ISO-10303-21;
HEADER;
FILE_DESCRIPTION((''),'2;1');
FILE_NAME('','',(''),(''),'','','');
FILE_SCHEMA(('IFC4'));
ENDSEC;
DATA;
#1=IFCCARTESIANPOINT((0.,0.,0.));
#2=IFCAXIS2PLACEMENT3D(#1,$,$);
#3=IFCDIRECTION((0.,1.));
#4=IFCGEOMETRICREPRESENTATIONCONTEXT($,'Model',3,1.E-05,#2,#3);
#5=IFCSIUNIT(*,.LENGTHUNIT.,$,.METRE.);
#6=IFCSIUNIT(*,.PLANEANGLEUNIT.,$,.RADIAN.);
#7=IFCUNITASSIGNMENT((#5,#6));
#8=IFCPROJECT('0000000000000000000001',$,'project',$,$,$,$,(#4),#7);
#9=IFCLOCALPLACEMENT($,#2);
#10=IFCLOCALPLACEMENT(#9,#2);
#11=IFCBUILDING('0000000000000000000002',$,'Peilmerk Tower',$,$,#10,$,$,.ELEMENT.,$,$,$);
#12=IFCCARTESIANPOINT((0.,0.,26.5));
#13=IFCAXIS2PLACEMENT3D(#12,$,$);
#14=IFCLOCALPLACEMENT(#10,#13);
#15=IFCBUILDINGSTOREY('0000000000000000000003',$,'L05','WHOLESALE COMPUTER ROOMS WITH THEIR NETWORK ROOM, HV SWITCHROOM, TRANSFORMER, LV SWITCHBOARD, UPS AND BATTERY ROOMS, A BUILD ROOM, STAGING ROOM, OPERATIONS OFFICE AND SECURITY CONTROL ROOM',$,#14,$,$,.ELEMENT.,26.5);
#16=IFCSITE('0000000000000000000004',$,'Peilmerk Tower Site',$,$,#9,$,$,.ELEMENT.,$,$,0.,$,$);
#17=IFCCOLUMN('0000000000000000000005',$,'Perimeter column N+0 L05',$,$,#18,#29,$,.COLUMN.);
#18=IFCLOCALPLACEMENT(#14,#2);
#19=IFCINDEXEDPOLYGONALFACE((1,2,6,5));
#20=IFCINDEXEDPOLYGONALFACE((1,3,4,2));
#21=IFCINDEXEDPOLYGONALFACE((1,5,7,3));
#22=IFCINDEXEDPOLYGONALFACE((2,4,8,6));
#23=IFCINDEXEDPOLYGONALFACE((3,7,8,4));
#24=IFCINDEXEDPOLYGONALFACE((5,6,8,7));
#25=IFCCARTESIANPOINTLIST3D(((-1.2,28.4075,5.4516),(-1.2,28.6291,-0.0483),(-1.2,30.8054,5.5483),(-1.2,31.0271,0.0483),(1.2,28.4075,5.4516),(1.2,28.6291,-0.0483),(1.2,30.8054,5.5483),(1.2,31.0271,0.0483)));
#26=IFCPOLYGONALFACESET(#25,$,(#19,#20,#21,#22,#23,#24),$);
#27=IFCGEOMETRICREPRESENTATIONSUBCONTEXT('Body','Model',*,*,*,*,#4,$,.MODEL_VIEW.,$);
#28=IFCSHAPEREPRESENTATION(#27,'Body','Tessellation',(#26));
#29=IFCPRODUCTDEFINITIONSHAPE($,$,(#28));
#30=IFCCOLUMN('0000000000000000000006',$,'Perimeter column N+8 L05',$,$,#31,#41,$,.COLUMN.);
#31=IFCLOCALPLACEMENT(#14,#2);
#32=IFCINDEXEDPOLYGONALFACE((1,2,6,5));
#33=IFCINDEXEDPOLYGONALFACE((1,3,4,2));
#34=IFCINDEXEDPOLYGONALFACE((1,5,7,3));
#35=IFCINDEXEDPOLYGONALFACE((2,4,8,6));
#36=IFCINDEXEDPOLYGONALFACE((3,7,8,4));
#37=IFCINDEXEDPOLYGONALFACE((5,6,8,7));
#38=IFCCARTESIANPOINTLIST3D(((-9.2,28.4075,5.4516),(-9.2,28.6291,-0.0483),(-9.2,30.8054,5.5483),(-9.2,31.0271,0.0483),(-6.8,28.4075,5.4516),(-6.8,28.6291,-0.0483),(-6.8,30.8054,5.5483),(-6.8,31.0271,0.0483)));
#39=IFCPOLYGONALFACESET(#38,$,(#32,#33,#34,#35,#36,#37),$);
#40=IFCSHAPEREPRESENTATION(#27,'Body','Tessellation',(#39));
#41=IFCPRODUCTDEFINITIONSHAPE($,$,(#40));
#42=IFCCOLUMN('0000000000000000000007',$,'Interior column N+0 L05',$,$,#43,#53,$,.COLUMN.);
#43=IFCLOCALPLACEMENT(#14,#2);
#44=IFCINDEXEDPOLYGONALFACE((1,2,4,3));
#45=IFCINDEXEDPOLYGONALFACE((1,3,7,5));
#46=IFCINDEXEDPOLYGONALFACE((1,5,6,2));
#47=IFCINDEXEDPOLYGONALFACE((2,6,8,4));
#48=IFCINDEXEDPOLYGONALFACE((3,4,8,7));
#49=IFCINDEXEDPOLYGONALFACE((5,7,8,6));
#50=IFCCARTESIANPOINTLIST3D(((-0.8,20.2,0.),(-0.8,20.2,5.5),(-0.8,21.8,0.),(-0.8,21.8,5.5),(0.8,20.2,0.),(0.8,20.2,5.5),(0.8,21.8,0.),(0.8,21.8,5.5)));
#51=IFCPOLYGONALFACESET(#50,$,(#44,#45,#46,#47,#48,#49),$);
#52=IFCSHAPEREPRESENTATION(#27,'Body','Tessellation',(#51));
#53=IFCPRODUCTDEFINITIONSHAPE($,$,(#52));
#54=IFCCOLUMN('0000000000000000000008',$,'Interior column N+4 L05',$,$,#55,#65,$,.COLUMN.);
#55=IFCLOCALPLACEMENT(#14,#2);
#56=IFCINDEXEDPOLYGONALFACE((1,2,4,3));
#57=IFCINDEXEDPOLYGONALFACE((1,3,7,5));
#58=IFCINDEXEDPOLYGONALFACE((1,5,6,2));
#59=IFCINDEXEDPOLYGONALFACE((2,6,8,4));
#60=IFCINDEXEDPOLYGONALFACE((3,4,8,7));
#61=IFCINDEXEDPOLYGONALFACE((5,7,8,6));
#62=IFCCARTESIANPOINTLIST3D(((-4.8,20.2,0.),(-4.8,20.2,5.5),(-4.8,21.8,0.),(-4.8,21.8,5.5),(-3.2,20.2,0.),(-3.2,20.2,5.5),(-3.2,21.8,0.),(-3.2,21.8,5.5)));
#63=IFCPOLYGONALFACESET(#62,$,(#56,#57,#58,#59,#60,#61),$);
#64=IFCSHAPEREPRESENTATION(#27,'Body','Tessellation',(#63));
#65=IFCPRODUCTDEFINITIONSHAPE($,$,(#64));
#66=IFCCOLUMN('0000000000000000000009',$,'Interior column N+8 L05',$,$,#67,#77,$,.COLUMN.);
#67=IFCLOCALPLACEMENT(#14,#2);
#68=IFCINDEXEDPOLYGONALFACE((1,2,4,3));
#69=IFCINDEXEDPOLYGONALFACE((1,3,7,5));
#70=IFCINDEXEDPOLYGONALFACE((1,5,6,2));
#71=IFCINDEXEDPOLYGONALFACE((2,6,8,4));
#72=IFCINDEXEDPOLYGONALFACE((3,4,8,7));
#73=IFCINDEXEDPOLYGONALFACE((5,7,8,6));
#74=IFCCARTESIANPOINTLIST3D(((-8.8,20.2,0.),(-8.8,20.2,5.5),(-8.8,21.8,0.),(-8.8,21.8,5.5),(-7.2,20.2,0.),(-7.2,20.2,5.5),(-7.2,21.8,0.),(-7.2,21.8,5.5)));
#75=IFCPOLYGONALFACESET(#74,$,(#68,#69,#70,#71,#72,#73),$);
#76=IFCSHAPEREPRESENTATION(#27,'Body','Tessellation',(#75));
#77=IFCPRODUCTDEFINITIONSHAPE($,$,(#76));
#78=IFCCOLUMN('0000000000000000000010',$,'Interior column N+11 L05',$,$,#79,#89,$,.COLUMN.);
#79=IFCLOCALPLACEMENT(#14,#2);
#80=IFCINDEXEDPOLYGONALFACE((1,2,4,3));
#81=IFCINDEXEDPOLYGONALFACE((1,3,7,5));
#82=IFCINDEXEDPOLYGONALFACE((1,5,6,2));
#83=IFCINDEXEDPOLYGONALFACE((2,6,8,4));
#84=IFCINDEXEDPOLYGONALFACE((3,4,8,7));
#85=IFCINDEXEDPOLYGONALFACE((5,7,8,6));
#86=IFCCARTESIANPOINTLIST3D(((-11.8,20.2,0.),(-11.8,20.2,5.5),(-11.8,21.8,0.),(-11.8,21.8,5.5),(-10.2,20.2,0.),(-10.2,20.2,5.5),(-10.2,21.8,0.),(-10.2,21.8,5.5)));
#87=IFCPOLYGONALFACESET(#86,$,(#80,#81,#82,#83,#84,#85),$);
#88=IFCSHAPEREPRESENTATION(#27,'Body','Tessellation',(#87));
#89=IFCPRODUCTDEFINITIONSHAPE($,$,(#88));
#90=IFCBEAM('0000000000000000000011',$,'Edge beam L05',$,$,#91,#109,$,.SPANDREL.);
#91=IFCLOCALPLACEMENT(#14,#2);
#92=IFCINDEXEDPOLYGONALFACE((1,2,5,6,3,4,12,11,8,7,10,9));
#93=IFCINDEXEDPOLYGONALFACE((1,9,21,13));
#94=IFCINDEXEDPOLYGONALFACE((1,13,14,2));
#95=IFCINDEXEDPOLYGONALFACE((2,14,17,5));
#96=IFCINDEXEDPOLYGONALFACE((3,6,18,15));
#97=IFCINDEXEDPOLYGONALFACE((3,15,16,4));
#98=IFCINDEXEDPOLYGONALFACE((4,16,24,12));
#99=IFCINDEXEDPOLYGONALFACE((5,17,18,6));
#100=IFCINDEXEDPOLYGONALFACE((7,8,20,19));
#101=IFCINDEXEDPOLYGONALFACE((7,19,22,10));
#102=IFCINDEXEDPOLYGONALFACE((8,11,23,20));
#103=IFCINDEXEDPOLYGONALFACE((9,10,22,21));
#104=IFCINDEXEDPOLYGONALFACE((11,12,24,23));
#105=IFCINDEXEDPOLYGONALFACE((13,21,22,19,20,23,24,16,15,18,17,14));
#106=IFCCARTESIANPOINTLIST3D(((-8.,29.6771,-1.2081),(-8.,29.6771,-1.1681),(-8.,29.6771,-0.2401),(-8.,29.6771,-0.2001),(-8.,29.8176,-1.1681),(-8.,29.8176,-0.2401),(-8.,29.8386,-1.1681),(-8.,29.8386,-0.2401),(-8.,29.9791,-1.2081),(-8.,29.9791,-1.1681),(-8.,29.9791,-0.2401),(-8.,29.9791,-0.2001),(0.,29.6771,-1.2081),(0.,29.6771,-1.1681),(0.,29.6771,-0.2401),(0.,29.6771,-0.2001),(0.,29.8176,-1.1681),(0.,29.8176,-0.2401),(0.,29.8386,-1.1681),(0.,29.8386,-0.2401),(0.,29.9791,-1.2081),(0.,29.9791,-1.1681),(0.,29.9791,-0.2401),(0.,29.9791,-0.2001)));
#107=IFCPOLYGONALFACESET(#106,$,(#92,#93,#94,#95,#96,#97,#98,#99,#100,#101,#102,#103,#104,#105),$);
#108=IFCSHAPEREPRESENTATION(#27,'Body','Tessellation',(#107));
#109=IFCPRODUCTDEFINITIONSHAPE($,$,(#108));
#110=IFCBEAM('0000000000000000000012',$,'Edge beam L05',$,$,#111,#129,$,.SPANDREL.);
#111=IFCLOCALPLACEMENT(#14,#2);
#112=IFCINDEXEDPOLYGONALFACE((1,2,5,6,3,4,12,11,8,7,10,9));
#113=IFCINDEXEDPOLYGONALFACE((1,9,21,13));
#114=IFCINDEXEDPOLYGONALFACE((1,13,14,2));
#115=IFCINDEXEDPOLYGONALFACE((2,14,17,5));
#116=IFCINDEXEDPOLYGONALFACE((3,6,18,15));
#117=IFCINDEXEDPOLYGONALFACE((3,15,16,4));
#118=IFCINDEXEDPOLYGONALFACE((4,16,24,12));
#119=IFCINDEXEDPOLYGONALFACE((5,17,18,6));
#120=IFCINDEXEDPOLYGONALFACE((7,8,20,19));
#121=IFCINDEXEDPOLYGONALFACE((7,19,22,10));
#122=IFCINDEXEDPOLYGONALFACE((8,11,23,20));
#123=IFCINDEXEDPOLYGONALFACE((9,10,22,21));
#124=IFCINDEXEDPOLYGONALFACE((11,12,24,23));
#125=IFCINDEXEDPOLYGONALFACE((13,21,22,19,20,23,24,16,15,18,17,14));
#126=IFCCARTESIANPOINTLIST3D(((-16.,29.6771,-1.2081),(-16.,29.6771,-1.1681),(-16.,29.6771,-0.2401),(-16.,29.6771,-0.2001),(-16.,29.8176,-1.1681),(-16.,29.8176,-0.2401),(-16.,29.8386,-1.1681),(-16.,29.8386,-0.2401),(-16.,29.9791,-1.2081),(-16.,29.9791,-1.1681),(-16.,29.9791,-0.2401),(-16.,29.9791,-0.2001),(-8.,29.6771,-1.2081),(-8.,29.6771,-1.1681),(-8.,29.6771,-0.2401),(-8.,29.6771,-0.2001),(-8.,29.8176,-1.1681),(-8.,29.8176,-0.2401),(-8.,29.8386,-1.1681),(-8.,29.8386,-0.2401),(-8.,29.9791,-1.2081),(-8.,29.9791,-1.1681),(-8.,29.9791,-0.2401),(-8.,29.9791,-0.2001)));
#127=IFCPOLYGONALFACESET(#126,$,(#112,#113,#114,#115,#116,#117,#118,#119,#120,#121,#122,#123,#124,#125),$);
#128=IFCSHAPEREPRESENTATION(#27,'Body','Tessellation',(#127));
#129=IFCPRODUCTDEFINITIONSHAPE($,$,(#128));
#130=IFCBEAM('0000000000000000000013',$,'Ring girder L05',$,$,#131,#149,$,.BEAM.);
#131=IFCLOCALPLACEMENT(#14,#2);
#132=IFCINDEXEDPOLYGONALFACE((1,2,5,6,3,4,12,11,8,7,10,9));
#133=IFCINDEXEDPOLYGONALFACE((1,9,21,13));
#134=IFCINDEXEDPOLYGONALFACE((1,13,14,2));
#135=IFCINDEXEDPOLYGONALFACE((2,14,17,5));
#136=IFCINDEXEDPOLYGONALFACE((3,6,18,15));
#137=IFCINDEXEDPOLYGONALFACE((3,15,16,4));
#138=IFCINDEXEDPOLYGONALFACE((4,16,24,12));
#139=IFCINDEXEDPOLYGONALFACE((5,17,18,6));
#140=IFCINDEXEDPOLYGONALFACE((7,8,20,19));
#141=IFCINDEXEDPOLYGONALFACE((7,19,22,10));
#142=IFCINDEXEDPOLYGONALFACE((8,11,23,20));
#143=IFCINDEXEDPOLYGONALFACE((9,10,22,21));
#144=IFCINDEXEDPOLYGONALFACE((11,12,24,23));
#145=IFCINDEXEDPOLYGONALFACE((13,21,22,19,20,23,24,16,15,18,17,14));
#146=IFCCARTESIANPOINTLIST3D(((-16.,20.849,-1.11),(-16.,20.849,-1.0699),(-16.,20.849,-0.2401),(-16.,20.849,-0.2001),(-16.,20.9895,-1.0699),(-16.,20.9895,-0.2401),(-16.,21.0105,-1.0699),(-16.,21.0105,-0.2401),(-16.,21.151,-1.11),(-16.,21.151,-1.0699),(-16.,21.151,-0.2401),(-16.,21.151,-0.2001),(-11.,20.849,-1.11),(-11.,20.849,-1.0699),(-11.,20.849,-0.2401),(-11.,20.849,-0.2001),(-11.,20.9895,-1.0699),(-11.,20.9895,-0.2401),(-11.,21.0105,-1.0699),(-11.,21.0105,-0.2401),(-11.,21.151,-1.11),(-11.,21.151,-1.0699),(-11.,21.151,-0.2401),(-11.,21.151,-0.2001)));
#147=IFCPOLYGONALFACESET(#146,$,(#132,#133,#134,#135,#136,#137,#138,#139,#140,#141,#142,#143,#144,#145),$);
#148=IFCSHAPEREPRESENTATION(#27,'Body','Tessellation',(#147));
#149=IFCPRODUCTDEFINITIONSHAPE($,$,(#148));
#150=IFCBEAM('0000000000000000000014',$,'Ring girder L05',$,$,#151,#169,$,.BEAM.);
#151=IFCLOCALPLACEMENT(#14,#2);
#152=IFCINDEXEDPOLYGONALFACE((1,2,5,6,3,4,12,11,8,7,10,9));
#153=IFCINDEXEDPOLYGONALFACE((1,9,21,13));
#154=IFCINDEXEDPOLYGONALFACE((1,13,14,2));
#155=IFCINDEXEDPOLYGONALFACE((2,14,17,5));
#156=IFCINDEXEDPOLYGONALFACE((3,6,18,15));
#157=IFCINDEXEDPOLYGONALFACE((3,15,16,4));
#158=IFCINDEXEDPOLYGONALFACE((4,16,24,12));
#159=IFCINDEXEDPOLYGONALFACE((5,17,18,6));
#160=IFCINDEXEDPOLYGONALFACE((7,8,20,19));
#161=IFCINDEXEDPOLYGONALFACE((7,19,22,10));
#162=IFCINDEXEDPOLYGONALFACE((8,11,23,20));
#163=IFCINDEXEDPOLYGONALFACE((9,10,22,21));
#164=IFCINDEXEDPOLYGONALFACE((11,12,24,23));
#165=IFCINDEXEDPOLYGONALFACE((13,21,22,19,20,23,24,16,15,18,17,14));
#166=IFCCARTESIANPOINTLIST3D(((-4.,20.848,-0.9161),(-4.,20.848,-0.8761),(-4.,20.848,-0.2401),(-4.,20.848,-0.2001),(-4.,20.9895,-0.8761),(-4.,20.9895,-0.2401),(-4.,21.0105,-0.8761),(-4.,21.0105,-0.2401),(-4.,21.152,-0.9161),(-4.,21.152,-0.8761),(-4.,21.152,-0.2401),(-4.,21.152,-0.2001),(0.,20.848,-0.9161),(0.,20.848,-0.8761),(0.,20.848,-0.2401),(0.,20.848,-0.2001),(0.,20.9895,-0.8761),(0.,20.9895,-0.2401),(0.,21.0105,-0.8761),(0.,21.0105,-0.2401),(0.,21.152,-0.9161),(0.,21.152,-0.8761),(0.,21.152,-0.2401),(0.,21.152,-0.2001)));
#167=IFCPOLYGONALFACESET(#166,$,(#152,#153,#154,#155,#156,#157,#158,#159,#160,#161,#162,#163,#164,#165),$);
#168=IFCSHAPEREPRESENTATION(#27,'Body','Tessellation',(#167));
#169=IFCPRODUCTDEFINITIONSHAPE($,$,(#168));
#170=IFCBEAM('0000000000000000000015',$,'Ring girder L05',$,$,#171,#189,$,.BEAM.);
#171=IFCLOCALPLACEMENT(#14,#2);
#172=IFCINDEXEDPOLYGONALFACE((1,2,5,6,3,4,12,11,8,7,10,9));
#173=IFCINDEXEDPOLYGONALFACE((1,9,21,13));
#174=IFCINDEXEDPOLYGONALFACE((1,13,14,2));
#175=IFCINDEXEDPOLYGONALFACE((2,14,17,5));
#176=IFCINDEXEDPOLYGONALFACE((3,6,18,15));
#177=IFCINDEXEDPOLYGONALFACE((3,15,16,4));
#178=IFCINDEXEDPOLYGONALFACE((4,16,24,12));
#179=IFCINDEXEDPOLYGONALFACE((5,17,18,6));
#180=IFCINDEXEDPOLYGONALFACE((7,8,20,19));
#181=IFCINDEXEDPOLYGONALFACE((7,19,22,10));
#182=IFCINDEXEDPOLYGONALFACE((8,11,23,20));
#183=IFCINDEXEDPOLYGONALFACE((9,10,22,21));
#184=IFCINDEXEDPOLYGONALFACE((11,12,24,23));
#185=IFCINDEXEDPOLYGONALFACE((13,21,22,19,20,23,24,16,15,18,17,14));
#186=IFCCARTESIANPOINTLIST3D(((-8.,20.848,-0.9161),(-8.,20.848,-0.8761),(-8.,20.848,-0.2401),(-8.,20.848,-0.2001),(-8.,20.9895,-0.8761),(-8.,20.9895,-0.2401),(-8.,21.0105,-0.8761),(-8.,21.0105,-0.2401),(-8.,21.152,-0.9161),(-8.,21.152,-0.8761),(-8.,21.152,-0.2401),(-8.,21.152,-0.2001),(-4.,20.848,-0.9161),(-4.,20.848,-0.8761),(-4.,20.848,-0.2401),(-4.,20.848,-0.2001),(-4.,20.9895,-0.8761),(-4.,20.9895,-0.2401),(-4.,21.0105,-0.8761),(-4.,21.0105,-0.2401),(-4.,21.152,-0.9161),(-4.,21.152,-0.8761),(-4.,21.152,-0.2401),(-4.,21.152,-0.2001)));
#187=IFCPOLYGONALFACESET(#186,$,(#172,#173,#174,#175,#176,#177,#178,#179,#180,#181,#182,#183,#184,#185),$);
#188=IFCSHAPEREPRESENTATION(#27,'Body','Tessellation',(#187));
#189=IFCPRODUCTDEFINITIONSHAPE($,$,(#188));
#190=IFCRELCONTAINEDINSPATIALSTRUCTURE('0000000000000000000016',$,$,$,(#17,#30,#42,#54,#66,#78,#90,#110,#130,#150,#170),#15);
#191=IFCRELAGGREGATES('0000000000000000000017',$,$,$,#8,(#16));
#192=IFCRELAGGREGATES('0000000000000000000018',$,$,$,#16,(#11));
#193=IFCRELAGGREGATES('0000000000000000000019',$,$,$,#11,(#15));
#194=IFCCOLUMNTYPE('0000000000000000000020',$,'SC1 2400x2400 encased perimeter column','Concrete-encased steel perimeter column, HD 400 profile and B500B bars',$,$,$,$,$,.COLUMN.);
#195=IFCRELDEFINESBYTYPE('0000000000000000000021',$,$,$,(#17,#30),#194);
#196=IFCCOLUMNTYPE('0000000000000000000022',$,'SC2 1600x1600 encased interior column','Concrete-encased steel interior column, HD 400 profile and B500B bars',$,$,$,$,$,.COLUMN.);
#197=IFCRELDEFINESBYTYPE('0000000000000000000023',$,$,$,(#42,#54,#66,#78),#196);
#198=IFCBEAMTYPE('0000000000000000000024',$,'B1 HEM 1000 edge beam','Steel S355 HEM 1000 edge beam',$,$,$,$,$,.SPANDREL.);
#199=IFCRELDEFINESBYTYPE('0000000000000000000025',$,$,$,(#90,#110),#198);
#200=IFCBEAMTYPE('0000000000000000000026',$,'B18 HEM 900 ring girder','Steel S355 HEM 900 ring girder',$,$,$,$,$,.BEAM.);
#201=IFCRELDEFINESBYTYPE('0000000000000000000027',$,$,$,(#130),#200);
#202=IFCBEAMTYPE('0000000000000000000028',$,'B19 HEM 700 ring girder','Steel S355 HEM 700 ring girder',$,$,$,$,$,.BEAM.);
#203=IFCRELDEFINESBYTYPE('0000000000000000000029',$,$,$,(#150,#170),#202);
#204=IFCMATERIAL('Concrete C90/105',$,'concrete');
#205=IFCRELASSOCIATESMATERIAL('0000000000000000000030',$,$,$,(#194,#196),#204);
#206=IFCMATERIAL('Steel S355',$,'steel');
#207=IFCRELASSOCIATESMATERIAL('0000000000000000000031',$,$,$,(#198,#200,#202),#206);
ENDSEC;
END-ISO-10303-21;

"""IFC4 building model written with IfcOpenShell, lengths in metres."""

from ifc_helpers import new_model, si_unit, direction, frame, origin, origin_2d, place, context, subcontext, project, spatial, rectangle, i_section, extrude, material, material_profile, profile_set, type_object, element, save


model = new_model("IFC4")

# Units and contexts
model_context = context("Model", 3, precision=1e-05, world=origin(), true_north=direction((0.0, 1.0)))
body_context = subcontext(model_context, "Body", "Model", "MODEL_VIEW")
ifc_project = project(units=[si_unit("LENGTHUNIT", "METRE"), si_unit("PLANEANGLEUNIT", "RADIAN")], contexts=[model_context])

# Site, building, storey
site_placement = place(None, origin())
site = spatial("IfcSite", under=ifc_project, at=site_placement, Name="Peilmerk Tower Site", CompositionType="ELEMENT", RefElevation=0.0)
building_placement = place(site_placement, origin())
building = spatial("IfcBuilding", under=site, at=building_placement, Name="Peilmerk Tower", CompositionType="ELEMENT")
storey_placement = place(building_placement, frame((0.0, 0.0, 26.5)))
storey = spatial("IfcBuildingStorey", under=building, at=storey_placement, Name="L05", Description="WHOLESALE COMPUTER ROOMS WITH THEIR NETWORK ROOM, HV SWITCHROOM, TRANSFORMER, LV SWITCHBOARD, UPS AND BATTERY ROOMS, A BUILD ROOM, STAGING ROOM, OPERATIONS OFFICE AND SECURITY CONTROL ROOM", CompositionType="ELEMENT", Elevation=26.5)

# Columns
ifc_material_1 = material(Name="Concrete C90/105", Category="concrete")
ifc_material_profile_1 = material_profile(ifc_material_1, rectangle(XDim=2.3999, YDim=2.3999, at=origin_2d()), Name="RC 2400x2400")
ifc_profile_set_1 = profile_set([ifc_material_profile_1], Name="Concrete C90/105")
column_type_1 = type_object("IfcColumnType", Name="SC1 2400x2400 encased perimeter column", Description="Concrete-encased steel perimeter column, HD 400 profile and B500B bars", PredefinedType="COLUMN", material=ifc_profile_set_1)
for number, where, z_axis, x_axis, name in (
    (1, (0.0, 29.8281, 0.0), (0.0, -0.040273, 0.999189), (1.0, 0.0, 0.0), "Perimeter column N+0 L05"),
    (2, (-8.0, 29.8281, 0.0), (0.0, -0.040273, 0.999189), (1.0, 0.0, 0.0), "Perimeter column N+8 L05"),
):
    element("IfcColumn", number, at=place(storey_placement, frame(where, z_axis=z_axis, x_axis=x_axis)), inside=storey, type_object=column_type_1, Name=name, PredefinedType="COLUMN", context=body_context, shape_type="SweptSolid", body=[
        extrude(rectangle(XDim=2.3999, YDim=2.3999, at=origin_2d()), origin(), (0.0, 0.0, 1.0), 5.5044),
    ])
ifc_material_profile_2 = material_profile(ifc_material_1, rectangle(XDim=1.6001, YDim=1.6001, at=origin_2d()), Name="RC 1600x1600")
ifc_profile_set_2 = profile_set([ifc_material_profile_2], Name="Concrete C90/105")
column_type_2 = type_object("IfcColumnType", Name="SC2 1600x1600 encased interior column", Description="Concrete-encased steel interior column, HD 400 profile and B500B bars", PredefinedType="COLUMN", material=ifc_profile_set_2)
for number, where, z_axis, x_axis, name in (
    (3, (0.0, 21.0, 0.0), (0.0, 0.0, 1.0), (1.0, 0.0, 0.0), "Interior column N+0 L05"),
    (4, (-4.0, 21.0, 0.0), (0.0, 0.0, 1.0), (1.0, 0.0, 0.0), "Interior column N+4 L05"),
    (5, (-8.0, 21.0, 0.0), (0.0, 0.0, 1.0), (1.0, 0.0, 0.0), "Interior column N+8 L05"),
    (6, (-11.0, 21.0, 0.0), (0.0, 0.0, 1.0), (1.0, 0.0, 0.0), "Interior column N+11 L05"),
):
    element("IfcColumn", number, at=place(storey_placement, frame(where, z_axis=z_axis, x_axis=x_axis)), inside=storey, type_object=column_type_2, Name=name, PredefinedType="COLUMN", context=body_context, shape_type="SweptSolid", body=[
        extrude(rectangle(XDim=1.6001, YDim=1.6001, at=origin_2d()), origin(), (0.0, 0.0, 1.0), 5.5),
    ])

# Beams
ifc_material_2 = material(Name="Steel S355", Category="steel")
ifc_material_profile_3 = material_profile(ifc_material_2, i_section(OverallWidth=0.302, OverallDepth=1.0081, WebThickness=0.021, FlangeThickness=0.04, at=origin_2d()), Name="HEM 1000")
ifc_profile_set_3 = profile_set([ifc_material_profile_3], Name="Steel S355")
beam_type_1 = type_object("IfcBeamType", Name="B1 HEM 1000 edge beam", Description="Steel S355 HEM 1000 edge beam", PredefinedType="SPANDREL", material=ifc_profile_set_3)
for number, where, z_axis, x_axis, name in (
    (7, (0.0, 29.8281, -0.7041), (-1.0, 0.0, 0.0), (0.0, -1.0, 0.0), "Edge beam L05"),
    (8, (-8.0, 29.8281, -0.7041), (-1.0, 0.0, 0.0), (0.0, -1.0, 0.0), "Edge beam L05"),
):
    element("IfcBeam", number, at=place(storey_placement, frame(where, z_axis=z_axis, x_axis=x_axis)), inside=storey, type_object=beam_type_1, Name=name, PredefinedType="SPANDREL", context=body_context, shape_type="SweptSolid", body=[
        extrude(i_section(OverallWidth=0.302, OverallDepth=1.0081, WebThickness=0.021, FlangeThickness=0.04, at=origin_2d()), origin(), (0.0, 0.0, 1.0), 8.0),
    ])
ifc_material_profile_4 = material_profile(ifc_material_2, i_section(OverallWidth=0.302, OverallDepth=0.9099, WebThickness=0.021, FlangeThickness=0.04, at=origin_2d()), Name="HEM 900")
ifc_profile_set_4 = profile_set([ifc_material_profile_4], Name="Steel S355")
beam_type_2 = type_object("IfcBeamType", Name="B18 HEM 900 ring girder", Description="Steel S355 HEM 900 ring girder", PredefinedType="BEAM", material=ifc_profile_set_4)
beam_1_placement = place(storey_placement, frame((-11.0, 21.0, -0.655), z_axis=(-1.0, 0.0, 0.0), x_axis=(0.0, -1.0, 0.0)))
element("IfcBeam", 9, at=beam_1_placement, inside=storey, type_object=beam_type_2, Name="Ring girder L05", PredefinedType="BEAM", context=body_context, shape_type="SweptSolid", body=[
    extrude(i_section(OverallWidth=0.302, OverallDepth=0.9099, WebThickness=0.021, FlangeThickness=0.04, at=origin_2d()), origin(), (0.0, 0.0, 1.0), 5.0),
])
ifc_material_profile_5 = material_profile(ifc_material_2, i_section(OverallWidth=0.304, OverallDepth=0.7161, WebThickness=0.021, FlangeThickness=0.04, at=origin_2d()), Name="HEM 700")
ifc_profile_set_5 = profile_set([ifc_material_profile_5], Name="Steel S355")
beam_type_3 = type_object("IfcBeamType", Name="B19 HEM 700 ring girder", Description="Steel S355 HEM 700 ring girder", PredefinedType="BEAM", material=ifc_profile_set_5)
for number, where, z_axis, x_axis, name in (
    (10, (0.0, 21.0, -0.5581), (-1.0, 0.0, 0.0), (0.0, -1.0, 0.0), "Ring girder L05"),
    (11, (-4.0, 21.0, -0.5581), (-1.0, 0.0, 0.0), (0.0, -1.0, 0.0), "Ring girder L05"),
):
    element("IfcBeam", number, at=place(storey_placement, frame(where, z_axis=z_axis, x_axis=x_axis)), inside=storey, type_object=beam_type_3, Name=name, PredefinedType="BEAM", context=body_context, shape_type="SweptSolid", body=[
        extrude(i_section(OverallWidth=0.304, OverallDepth=0.7161, WebThickness=0.021, FlangeThickness=0.04, at=origin_2d()), origin(), (0.0, 0.0, 1.0), 4.0),
    ])

save(model, "model.ifc")
